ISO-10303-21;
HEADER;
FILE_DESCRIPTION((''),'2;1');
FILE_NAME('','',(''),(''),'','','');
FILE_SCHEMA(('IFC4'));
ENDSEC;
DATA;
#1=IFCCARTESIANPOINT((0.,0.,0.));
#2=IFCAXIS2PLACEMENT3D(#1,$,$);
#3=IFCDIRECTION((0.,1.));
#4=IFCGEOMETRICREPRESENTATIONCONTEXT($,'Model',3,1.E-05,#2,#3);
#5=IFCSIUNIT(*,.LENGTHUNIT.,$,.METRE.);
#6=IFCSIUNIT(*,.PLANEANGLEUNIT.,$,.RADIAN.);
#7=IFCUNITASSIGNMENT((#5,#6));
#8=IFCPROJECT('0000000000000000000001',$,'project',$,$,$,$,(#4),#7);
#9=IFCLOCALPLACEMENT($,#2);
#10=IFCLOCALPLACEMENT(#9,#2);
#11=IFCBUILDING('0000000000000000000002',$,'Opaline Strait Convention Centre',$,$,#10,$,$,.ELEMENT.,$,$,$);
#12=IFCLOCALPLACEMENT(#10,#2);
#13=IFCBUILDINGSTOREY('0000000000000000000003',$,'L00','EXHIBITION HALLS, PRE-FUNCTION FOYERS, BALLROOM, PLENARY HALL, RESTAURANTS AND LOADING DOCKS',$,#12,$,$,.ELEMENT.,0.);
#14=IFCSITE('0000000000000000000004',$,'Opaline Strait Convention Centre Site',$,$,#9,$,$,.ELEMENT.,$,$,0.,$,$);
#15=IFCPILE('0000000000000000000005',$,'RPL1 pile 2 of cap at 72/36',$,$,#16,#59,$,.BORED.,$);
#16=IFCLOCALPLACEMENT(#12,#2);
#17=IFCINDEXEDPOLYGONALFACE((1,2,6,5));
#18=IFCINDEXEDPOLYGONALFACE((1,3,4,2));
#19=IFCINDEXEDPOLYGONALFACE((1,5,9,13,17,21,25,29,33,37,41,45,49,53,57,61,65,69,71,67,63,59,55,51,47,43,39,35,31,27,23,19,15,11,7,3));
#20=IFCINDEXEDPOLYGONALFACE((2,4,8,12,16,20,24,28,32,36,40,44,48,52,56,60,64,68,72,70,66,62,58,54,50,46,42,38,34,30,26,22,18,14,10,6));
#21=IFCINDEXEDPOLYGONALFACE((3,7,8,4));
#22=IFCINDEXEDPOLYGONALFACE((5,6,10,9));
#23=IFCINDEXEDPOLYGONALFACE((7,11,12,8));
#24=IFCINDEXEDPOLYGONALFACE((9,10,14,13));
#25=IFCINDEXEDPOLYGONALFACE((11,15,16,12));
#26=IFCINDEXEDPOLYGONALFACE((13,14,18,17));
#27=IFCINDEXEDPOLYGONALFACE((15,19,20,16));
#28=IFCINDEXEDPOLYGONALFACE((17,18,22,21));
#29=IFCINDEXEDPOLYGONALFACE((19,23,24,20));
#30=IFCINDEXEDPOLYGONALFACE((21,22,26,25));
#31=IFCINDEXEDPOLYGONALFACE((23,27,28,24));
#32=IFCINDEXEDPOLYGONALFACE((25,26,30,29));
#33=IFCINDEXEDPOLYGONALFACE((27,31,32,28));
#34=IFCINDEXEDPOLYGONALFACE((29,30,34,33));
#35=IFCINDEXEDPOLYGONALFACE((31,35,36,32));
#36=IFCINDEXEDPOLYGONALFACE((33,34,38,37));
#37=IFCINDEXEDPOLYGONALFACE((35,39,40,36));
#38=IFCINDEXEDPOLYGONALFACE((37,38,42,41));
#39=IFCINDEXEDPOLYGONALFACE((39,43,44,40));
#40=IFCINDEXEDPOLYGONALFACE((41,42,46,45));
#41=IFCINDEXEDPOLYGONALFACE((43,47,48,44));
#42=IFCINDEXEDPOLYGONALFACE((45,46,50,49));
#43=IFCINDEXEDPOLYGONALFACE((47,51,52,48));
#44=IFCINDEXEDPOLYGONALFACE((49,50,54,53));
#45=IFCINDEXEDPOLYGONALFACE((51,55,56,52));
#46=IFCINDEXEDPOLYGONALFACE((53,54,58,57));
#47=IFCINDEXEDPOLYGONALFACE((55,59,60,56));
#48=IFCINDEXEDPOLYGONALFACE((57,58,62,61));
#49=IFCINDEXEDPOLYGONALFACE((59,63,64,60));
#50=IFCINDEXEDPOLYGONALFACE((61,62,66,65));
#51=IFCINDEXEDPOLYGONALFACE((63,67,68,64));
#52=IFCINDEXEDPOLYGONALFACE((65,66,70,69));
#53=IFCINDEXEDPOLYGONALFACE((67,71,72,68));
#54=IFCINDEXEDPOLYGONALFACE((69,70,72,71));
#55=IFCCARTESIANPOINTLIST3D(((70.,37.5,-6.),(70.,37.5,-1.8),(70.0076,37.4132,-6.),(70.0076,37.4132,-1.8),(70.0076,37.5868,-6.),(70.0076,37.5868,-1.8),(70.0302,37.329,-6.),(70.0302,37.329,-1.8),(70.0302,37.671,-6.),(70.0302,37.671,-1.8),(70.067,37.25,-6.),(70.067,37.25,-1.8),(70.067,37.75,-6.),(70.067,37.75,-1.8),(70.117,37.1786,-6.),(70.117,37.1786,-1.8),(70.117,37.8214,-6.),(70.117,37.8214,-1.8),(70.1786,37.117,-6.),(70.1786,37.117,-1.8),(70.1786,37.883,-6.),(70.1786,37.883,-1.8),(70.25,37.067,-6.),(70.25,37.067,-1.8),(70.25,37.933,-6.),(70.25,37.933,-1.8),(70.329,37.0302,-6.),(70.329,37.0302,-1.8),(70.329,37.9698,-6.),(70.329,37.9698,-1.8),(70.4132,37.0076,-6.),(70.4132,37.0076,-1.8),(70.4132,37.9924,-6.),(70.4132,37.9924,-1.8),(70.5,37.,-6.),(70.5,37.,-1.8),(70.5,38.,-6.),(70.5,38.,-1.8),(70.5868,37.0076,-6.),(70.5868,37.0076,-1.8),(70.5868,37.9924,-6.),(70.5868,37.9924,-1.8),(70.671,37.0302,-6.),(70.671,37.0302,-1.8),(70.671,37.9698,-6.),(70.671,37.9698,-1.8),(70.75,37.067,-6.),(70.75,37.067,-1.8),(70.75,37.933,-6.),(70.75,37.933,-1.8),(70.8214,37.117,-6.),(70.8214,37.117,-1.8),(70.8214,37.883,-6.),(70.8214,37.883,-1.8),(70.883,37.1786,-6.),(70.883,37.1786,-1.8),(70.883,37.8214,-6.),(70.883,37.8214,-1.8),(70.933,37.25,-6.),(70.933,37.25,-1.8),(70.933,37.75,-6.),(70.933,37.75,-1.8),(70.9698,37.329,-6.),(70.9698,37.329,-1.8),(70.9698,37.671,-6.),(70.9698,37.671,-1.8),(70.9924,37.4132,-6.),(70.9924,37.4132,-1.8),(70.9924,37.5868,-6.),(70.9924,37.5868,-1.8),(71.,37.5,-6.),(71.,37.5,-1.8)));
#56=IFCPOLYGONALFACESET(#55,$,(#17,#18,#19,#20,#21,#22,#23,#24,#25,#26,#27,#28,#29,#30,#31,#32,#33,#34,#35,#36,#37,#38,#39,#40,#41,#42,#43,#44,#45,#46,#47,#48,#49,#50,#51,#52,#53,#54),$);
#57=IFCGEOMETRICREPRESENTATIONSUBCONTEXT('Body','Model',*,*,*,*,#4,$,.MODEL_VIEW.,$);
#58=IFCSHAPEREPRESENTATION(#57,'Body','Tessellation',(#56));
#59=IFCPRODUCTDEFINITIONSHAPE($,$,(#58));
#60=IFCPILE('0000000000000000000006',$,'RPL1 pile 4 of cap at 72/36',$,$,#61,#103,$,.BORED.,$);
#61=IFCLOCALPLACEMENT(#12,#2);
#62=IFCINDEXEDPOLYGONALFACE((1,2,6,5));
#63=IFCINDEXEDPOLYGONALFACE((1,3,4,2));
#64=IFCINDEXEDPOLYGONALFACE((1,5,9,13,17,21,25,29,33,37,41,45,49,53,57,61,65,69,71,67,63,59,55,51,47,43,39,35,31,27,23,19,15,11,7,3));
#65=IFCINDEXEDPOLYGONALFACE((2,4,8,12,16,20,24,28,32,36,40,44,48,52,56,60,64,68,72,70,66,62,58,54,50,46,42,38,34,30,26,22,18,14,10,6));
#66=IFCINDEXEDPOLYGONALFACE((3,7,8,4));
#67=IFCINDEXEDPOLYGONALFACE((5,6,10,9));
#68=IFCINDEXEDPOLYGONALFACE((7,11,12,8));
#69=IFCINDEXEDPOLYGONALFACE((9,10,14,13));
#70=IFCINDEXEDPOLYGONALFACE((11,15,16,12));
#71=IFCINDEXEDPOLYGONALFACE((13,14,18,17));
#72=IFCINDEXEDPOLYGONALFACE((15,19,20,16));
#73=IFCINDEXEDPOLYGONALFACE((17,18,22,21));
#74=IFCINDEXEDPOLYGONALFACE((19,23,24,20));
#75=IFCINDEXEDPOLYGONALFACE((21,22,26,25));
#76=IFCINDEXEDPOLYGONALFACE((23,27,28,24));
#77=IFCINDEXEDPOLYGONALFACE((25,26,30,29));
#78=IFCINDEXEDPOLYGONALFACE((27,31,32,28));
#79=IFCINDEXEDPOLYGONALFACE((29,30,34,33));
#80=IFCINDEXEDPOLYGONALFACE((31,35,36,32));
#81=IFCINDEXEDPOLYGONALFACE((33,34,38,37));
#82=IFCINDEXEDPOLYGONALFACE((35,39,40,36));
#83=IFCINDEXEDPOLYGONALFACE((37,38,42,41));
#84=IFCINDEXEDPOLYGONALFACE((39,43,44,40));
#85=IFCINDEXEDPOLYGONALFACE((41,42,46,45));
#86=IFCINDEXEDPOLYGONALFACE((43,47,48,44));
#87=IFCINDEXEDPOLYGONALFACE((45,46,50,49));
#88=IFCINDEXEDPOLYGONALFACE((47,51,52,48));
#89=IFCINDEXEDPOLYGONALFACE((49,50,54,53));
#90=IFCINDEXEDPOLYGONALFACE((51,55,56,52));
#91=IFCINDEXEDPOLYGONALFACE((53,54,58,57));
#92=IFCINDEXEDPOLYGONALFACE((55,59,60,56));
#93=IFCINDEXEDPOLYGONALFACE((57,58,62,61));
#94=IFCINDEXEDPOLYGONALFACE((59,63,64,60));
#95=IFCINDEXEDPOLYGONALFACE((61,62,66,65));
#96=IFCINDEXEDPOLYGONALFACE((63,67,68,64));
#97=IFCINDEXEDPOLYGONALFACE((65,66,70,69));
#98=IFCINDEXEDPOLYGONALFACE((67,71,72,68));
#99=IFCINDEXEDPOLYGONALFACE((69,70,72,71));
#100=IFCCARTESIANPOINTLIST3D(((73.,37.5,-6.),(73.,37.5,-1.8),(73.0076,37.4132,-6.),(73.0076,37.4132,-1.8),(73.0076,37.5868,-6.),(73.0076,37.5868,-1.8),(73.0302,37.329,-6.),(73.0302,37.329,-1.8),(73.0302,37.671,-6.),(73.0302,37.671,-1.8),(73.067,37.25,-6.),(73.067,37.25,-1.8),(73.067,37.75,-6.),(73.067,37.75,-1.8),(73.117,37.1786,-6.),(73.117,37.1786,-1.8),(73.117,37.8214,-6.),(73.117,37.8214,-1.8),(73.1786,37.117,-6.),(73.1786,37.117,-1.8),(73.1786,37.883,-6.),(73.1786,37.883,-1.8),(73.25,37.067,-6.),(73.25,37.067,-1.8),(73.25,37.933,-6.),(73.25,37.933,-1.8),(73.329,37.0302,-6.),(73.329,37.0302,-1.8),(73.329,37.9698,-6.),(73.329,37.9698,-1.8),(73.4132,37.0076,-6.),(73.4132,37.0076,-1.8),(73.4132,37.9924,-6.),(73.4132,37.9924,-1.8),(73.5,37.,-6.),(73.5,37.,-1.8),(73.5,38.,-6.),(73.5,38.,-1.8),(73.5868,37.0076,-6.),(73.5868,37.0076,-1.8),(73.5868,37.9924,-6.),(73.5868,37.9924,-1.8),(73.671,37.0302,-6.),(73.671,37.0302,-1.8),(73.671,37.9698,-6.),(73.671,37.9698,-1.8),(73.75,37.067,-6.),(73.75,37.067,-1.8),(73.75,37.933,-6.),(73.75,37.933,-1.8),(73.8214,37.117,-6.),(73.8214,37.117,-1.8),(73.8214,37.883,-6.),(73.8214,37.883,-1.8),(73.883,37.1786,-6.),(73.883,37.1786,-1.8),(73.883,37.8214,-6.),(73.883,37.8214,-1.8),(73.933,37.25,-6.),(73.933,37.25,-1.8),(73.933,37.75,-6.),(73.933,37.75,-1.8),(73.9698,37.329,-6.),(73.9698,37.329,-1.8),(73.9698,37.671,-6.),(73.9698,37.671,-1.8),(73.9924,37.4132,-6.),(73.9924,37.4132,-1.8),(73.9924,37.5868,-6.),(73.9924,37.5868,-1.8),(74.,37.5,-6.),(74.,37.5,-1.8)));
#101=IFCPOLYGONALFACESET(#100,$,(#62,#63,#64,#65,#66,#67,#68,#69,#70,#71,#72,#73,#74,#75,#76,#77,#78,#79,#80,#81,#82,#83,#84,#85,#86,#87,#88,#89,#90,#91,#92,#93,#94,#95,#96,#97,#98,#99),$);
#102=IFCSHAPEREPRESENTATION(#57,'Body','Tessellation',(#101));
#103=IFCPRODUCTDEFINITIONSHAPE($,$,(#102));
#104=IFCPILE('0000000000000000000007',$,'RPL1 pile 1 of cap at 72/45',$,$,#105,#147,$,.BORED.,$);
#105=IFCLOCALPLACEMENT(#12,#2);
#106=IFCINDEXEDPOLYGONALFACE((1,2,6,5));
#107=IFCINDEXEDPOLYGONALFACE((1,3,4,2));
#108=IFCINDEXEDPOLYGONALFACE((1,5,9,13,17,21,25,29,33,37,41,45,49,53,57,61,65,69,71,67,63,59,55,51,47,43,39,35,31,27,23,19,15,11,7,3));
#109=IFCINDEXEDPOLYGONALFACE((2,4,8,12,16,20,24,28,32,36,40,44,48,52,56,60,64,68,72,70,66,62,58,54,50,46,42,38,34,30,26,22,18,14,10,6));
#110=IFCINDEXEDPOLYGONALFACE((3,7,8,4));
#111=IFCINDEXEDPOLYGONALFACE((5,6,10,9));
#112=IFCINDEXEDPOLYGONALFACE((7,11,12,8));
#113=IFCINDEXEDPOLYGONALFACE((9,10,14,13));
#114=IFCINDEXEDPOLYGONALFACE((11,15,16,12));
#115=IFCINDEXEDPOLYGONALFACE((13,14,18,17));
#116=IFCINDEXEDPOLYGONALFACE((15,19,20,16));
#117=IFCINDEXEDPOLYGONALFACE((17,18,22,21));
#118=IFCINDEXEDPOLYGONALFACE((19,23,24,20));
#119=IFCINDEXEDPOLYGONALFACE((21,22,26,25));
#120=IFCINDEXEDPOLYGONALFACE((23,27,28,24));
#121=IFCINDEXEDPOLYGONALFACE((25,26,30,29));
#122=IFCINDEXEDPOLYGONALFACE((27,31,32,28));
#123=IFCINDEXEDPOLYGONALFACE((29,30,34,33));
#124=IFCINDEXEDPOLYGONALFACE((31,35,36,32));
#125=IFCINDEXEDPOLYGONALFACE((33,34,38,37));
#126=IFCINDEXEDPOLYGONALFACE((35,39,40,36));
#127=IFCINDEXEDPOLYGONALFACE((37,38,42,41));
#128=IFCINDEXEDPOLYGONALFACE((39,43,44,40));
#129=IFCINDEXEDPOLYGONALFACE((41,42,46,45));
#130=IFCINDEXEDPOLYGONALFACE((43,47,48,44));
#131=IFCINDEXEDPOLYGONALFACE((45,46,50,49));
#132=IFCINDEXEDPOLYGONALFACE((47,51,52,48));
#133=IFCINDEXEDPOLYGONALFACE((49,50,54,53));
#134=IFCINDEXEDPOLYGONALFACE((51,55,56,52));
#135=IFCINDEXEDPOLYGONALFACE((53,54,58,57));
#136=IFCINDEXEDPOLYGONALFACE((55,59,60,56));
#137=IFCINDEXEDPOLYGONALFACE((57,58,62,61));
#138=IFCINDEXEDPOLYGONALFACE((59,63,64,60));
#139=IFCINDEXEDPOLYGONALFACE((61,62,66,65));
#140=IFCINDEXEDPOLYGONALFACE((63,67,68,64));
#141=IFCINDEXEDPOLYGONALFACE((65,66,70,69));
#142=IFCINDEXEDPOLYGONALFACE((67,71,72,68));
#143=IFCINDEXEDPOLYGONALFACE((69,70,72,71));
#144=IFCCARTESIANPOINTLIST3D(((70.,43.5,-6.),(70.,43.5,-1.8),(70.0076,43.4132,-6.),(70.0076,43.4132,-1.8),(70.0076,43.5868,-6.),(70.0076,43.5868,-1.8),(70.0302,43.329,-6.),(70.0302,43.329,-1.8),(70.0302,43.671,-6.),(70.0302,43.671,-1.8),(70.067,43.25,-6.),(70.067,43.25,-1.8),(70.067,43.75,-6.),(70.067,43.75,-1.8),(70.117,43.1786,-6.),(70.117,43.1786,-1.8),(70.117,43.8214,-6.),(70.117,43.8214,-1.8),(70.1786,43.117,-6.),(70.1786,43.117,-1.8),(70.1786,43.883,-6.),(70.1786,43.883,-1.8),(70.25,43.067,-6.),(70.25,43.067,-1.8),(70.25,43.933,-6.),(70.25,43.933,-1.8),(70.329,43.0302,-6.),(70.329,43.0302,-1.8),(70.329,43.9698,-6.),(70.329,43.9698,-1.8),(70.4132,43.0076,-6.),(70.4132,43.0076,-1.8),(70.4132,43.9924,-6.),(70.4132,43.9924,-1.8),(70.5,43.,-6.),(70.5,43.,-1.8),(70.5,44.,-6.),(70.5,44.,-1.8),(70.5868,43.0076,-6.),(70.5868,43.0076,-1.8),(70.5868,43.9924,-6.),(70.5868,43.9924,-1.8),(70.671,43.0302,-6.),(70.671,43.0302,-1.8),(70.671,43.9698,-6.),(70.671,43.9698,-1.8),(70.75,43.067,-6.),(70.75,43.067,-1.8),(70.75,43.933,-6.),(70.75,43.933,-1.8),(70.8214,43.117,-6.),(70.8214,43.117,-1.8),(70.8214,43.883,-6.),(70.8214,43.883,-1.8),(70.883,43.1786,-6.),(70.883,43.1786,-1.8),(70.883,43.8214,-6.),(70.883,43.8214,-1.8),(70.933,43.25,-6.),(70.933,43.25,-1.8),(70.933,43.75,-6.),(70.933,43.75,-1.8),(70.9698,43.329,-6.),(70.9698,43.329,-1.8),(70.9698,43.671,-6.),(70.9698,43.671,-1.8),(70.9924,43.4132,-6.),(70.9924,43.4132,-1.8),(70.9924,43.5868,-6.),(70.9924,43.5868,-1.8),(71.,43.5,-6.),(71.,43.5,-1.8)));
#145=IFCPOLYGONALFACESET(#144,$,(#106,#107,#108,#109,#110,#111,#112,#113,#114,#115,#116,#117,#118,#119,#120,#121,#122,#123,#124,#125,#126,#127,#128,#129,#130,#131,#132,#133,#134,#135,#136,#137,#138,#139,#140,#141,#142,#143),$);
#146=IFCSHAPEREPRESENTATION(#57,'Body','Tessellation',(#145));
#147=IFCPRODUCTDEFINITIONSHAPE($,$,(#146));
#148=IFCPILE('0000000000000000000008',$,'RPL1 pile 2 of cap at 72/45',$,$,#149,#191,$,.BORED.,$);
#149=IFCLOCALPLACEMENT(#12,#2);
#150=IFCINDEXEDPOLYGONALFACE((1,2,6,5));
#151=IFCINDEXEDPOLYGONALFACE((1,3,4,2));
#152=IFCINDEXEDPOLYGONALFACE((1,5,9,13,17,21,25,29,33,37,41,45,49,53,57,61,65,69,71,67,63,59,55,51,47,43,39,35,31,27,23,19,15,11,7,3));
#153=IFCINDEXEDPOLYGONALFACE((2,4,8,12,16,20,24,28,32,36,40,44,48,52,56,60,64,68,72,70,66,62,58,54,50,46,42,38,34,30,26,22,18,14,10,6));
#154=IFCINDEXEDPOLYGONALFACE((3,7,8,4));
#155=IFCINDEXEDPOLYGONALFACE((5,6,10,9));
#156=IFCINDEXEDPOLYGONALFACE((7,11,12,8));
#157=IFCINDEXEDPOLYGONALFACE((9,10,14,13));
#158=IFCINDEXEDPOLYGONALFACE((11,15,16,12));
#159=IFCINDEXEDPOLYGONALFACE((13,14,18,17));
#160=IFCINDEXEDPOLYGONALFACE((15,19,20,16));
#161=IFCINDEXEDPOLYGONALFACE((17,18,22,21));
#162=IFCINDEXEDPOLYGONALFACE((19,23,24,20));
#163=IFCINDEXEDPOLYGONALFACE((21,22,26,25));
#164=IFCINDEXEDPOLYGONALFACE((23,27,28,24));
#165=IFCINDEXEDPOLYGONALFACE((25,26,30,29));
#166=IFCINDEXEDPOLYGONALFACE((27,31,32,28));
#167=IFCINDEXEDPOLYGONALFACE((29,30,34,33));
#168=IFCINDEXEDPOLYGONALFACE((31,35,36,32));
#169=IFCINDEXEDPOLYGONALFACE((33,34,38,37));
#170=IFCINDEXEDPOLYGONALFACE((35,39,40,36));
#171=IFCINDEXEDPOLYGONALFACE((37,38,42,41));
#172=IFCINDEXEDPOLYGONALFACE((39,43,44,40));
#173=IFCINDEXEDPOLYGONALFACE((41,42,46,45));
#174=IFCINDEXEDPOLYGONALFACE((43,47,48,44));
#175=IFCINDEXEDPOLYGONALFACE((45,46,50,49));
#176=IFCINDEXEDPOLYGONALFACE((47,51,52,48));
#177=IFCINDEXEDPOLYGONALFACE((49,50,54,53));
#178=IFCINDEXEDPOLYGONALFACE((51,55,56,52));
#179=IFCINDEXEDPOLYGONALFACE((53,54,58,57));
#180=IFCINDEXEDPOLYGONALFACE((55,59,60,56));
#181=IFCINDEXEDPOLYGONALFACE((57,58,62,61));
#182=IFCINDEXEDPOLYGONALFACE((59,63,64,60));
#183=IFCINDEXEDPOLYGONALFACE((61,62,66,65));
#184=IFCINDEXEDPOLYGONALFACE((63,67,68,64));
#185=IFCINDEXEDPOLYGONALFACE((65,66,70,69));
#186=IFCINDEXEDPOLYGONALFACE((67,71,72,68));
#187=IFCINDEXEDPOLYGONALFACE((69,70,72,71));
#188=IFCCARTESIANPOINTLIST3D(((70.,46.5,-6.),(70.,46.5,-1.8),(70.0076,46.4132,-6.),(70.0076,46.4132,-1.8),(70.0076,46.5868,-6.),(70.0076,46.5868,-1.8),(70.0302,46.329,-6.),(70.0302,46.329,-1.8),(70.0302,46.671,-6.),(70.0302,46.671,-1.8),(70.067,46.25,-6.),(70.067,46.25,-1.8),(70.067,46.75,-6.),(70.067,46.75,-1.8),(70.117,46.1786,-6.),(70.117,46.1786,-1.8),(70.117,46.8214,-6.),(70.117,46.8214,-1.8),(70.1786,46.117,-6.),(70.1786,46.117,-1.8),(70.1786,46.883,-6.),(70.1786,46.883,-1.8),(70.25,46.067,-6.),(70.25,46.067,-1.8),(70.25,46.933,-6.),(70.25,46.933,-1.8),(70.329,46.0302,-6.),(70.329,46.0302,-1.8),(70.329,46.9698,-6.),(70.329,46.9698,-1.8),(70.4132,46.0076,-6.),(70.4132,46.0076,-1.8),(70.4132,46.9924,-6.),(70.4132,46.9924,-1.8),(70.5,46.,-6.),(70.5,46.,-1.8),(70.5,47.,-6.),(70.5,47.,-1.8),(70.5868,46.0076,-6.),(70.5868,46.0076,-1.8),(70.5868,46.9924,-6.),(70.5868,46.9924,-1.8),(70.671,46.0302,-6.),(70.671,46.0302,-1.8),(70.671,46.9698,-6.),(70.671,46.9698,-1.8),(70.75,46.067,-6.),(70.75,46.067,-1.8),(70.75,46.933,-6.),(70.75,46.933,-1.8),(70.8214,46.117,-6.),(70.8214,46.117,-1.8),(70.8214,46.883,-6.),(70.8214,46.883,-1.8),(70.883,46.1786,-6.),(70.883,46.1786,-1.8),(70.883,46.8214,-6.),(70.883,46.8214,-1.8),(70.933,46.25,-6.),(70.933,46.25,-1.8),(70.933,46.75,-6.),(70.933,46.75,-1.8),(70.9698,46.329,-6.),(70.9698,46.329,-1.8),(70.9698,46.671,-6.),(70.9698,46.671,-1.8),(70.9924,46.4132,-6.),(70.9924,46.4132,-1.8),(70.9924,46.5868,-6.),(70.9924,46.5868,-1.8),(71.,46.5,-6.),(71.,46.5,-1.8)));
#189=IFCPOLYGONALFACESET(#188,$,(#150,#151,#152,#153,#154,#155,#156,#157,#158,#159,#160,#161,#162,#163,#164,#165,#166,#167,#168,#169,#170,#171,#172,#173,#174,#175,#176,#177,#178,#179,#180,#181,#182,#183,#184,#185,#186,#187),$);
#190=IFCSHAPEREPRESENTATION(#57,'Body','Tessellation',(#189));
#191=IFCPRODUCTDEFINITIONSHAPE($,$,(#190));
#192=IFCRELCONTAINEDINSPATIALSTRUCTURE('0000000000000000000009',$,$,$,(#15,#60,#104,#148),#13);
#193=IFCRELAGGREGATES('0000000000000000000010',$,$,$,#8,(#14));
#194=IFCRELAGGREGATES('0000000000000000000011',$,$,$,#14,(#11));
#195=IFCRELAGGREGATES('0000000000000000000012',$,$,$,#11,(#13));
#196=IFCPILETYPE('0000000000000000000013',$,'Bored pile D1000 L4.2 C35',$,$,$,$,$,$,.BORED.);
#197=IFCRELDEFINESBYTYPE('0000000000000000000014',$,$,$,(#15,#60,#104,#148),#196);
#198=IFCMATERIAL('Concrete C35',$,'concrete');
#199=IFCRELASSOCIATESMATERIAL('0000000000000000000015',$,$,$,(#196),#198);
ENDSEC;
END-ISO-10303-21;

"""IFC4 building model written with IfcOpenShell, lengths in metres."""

from ifc_helpers import new_model, si_unit, direction, frame, origin, origin_2d, place, context, subcontext, project, spatial, circle, extrude, material, material_profile, profile_set, type_object, element, save


model = new_model("IFC4")

# Units and contexts
model_context = context("Model", 3, precision=1e-05, world=origin(), true_north=direction((0.0, 1.0)))
body_context = subcontext(model_context, "Body", "Model", "MODEL_VIEW")
ifc_project = project(units=[si_unit("LENGTHUNIT", "METRE"), si_unit("PLANEANGLEUNIT", "RADIAN")], contexts=[model_context])

# Site, building, storey
site_placement = place(None, origin())
site = spatial("IfcSite", under=ifc_project, at=site_placement, Name="Opaline Strait Convention Centre Site", CompositionType="ELEMENT", RefElevation=0.0)
building_placement = place(site_placement, origin())
building = spatial("IfcBuilding", under=site, at=building_placement, Name="Opaline Strait Convention Centre", CompositionType="ELEMENT")
storey_placement = place(building_placement, origin())
storey = spatial("IfcBuildingStorey", under=building, at=storey_placement, Name="L00", Description="EXHIBITION HALLS, PRE-FUNCTION FOYERS, BALLROOM, PLENARY HALL, RESTAURANTS AND LOADING DOCKS", CompositionType="ELEMENT", Elevation=0.0)

# Piles
ifc_material_1 = material(Name="Concrete C35", Category="concrete")
ifc_material_profile_1 = material_profile(ifc_material_1, circle(Radius=0.5, at=origin_2d()), Name="D1000")
ifc_profile_set_1 = profile_set([ifc_material_profile_1], Name="Concrete C35")
pile_type = type_object("IfcPileType", Name="Bored pile D1000 L4.2 C35", PredefinedType="BORED", material=ifc_profile_set_1)
for number, where, z_axis, x_axis, name in (
    (1, (70.5, 37.5, -1.8), (0.0, 0.0, -1.0), (1.0, 0.0, 0.0), "RPL1 pile 2 of cap at 72/36"),
    (2, (73.5, 37.5, -1.8), (0.0, 0.0, -1.0), (1.0, 0.0, 0.0), "RPL1 pile 4 of cap at 72/36"),
    (3, (70.5, 43.5, -1.8), (0.0, 0.0, -1.0), (1.0, 0.0, 0.0), "RPL1 pile 1 of cap at 72/45"),
    (4, (70.5, 46.5, -1.8), (0.0, 0.0, -1.0), (1.0, 0.0, 0.0), "RPL1 pile 2 of cap at 72/45"),
):
    element("IfcPile", number, at=place(storey_placement, frame(where, z_axis=z_axis, x_axis=x_axis)), inside=storey, type_object=pile_type, Name=name, PredefinedType="BORED", context=body_context, shape_type="SweptSolid", body=[
        extrude(circle(Radius=0.5, at=origin_2d()), origin(), (0.0, 0.0, 1.0), 4.2),
    ])

save(model, "model.ifc")
